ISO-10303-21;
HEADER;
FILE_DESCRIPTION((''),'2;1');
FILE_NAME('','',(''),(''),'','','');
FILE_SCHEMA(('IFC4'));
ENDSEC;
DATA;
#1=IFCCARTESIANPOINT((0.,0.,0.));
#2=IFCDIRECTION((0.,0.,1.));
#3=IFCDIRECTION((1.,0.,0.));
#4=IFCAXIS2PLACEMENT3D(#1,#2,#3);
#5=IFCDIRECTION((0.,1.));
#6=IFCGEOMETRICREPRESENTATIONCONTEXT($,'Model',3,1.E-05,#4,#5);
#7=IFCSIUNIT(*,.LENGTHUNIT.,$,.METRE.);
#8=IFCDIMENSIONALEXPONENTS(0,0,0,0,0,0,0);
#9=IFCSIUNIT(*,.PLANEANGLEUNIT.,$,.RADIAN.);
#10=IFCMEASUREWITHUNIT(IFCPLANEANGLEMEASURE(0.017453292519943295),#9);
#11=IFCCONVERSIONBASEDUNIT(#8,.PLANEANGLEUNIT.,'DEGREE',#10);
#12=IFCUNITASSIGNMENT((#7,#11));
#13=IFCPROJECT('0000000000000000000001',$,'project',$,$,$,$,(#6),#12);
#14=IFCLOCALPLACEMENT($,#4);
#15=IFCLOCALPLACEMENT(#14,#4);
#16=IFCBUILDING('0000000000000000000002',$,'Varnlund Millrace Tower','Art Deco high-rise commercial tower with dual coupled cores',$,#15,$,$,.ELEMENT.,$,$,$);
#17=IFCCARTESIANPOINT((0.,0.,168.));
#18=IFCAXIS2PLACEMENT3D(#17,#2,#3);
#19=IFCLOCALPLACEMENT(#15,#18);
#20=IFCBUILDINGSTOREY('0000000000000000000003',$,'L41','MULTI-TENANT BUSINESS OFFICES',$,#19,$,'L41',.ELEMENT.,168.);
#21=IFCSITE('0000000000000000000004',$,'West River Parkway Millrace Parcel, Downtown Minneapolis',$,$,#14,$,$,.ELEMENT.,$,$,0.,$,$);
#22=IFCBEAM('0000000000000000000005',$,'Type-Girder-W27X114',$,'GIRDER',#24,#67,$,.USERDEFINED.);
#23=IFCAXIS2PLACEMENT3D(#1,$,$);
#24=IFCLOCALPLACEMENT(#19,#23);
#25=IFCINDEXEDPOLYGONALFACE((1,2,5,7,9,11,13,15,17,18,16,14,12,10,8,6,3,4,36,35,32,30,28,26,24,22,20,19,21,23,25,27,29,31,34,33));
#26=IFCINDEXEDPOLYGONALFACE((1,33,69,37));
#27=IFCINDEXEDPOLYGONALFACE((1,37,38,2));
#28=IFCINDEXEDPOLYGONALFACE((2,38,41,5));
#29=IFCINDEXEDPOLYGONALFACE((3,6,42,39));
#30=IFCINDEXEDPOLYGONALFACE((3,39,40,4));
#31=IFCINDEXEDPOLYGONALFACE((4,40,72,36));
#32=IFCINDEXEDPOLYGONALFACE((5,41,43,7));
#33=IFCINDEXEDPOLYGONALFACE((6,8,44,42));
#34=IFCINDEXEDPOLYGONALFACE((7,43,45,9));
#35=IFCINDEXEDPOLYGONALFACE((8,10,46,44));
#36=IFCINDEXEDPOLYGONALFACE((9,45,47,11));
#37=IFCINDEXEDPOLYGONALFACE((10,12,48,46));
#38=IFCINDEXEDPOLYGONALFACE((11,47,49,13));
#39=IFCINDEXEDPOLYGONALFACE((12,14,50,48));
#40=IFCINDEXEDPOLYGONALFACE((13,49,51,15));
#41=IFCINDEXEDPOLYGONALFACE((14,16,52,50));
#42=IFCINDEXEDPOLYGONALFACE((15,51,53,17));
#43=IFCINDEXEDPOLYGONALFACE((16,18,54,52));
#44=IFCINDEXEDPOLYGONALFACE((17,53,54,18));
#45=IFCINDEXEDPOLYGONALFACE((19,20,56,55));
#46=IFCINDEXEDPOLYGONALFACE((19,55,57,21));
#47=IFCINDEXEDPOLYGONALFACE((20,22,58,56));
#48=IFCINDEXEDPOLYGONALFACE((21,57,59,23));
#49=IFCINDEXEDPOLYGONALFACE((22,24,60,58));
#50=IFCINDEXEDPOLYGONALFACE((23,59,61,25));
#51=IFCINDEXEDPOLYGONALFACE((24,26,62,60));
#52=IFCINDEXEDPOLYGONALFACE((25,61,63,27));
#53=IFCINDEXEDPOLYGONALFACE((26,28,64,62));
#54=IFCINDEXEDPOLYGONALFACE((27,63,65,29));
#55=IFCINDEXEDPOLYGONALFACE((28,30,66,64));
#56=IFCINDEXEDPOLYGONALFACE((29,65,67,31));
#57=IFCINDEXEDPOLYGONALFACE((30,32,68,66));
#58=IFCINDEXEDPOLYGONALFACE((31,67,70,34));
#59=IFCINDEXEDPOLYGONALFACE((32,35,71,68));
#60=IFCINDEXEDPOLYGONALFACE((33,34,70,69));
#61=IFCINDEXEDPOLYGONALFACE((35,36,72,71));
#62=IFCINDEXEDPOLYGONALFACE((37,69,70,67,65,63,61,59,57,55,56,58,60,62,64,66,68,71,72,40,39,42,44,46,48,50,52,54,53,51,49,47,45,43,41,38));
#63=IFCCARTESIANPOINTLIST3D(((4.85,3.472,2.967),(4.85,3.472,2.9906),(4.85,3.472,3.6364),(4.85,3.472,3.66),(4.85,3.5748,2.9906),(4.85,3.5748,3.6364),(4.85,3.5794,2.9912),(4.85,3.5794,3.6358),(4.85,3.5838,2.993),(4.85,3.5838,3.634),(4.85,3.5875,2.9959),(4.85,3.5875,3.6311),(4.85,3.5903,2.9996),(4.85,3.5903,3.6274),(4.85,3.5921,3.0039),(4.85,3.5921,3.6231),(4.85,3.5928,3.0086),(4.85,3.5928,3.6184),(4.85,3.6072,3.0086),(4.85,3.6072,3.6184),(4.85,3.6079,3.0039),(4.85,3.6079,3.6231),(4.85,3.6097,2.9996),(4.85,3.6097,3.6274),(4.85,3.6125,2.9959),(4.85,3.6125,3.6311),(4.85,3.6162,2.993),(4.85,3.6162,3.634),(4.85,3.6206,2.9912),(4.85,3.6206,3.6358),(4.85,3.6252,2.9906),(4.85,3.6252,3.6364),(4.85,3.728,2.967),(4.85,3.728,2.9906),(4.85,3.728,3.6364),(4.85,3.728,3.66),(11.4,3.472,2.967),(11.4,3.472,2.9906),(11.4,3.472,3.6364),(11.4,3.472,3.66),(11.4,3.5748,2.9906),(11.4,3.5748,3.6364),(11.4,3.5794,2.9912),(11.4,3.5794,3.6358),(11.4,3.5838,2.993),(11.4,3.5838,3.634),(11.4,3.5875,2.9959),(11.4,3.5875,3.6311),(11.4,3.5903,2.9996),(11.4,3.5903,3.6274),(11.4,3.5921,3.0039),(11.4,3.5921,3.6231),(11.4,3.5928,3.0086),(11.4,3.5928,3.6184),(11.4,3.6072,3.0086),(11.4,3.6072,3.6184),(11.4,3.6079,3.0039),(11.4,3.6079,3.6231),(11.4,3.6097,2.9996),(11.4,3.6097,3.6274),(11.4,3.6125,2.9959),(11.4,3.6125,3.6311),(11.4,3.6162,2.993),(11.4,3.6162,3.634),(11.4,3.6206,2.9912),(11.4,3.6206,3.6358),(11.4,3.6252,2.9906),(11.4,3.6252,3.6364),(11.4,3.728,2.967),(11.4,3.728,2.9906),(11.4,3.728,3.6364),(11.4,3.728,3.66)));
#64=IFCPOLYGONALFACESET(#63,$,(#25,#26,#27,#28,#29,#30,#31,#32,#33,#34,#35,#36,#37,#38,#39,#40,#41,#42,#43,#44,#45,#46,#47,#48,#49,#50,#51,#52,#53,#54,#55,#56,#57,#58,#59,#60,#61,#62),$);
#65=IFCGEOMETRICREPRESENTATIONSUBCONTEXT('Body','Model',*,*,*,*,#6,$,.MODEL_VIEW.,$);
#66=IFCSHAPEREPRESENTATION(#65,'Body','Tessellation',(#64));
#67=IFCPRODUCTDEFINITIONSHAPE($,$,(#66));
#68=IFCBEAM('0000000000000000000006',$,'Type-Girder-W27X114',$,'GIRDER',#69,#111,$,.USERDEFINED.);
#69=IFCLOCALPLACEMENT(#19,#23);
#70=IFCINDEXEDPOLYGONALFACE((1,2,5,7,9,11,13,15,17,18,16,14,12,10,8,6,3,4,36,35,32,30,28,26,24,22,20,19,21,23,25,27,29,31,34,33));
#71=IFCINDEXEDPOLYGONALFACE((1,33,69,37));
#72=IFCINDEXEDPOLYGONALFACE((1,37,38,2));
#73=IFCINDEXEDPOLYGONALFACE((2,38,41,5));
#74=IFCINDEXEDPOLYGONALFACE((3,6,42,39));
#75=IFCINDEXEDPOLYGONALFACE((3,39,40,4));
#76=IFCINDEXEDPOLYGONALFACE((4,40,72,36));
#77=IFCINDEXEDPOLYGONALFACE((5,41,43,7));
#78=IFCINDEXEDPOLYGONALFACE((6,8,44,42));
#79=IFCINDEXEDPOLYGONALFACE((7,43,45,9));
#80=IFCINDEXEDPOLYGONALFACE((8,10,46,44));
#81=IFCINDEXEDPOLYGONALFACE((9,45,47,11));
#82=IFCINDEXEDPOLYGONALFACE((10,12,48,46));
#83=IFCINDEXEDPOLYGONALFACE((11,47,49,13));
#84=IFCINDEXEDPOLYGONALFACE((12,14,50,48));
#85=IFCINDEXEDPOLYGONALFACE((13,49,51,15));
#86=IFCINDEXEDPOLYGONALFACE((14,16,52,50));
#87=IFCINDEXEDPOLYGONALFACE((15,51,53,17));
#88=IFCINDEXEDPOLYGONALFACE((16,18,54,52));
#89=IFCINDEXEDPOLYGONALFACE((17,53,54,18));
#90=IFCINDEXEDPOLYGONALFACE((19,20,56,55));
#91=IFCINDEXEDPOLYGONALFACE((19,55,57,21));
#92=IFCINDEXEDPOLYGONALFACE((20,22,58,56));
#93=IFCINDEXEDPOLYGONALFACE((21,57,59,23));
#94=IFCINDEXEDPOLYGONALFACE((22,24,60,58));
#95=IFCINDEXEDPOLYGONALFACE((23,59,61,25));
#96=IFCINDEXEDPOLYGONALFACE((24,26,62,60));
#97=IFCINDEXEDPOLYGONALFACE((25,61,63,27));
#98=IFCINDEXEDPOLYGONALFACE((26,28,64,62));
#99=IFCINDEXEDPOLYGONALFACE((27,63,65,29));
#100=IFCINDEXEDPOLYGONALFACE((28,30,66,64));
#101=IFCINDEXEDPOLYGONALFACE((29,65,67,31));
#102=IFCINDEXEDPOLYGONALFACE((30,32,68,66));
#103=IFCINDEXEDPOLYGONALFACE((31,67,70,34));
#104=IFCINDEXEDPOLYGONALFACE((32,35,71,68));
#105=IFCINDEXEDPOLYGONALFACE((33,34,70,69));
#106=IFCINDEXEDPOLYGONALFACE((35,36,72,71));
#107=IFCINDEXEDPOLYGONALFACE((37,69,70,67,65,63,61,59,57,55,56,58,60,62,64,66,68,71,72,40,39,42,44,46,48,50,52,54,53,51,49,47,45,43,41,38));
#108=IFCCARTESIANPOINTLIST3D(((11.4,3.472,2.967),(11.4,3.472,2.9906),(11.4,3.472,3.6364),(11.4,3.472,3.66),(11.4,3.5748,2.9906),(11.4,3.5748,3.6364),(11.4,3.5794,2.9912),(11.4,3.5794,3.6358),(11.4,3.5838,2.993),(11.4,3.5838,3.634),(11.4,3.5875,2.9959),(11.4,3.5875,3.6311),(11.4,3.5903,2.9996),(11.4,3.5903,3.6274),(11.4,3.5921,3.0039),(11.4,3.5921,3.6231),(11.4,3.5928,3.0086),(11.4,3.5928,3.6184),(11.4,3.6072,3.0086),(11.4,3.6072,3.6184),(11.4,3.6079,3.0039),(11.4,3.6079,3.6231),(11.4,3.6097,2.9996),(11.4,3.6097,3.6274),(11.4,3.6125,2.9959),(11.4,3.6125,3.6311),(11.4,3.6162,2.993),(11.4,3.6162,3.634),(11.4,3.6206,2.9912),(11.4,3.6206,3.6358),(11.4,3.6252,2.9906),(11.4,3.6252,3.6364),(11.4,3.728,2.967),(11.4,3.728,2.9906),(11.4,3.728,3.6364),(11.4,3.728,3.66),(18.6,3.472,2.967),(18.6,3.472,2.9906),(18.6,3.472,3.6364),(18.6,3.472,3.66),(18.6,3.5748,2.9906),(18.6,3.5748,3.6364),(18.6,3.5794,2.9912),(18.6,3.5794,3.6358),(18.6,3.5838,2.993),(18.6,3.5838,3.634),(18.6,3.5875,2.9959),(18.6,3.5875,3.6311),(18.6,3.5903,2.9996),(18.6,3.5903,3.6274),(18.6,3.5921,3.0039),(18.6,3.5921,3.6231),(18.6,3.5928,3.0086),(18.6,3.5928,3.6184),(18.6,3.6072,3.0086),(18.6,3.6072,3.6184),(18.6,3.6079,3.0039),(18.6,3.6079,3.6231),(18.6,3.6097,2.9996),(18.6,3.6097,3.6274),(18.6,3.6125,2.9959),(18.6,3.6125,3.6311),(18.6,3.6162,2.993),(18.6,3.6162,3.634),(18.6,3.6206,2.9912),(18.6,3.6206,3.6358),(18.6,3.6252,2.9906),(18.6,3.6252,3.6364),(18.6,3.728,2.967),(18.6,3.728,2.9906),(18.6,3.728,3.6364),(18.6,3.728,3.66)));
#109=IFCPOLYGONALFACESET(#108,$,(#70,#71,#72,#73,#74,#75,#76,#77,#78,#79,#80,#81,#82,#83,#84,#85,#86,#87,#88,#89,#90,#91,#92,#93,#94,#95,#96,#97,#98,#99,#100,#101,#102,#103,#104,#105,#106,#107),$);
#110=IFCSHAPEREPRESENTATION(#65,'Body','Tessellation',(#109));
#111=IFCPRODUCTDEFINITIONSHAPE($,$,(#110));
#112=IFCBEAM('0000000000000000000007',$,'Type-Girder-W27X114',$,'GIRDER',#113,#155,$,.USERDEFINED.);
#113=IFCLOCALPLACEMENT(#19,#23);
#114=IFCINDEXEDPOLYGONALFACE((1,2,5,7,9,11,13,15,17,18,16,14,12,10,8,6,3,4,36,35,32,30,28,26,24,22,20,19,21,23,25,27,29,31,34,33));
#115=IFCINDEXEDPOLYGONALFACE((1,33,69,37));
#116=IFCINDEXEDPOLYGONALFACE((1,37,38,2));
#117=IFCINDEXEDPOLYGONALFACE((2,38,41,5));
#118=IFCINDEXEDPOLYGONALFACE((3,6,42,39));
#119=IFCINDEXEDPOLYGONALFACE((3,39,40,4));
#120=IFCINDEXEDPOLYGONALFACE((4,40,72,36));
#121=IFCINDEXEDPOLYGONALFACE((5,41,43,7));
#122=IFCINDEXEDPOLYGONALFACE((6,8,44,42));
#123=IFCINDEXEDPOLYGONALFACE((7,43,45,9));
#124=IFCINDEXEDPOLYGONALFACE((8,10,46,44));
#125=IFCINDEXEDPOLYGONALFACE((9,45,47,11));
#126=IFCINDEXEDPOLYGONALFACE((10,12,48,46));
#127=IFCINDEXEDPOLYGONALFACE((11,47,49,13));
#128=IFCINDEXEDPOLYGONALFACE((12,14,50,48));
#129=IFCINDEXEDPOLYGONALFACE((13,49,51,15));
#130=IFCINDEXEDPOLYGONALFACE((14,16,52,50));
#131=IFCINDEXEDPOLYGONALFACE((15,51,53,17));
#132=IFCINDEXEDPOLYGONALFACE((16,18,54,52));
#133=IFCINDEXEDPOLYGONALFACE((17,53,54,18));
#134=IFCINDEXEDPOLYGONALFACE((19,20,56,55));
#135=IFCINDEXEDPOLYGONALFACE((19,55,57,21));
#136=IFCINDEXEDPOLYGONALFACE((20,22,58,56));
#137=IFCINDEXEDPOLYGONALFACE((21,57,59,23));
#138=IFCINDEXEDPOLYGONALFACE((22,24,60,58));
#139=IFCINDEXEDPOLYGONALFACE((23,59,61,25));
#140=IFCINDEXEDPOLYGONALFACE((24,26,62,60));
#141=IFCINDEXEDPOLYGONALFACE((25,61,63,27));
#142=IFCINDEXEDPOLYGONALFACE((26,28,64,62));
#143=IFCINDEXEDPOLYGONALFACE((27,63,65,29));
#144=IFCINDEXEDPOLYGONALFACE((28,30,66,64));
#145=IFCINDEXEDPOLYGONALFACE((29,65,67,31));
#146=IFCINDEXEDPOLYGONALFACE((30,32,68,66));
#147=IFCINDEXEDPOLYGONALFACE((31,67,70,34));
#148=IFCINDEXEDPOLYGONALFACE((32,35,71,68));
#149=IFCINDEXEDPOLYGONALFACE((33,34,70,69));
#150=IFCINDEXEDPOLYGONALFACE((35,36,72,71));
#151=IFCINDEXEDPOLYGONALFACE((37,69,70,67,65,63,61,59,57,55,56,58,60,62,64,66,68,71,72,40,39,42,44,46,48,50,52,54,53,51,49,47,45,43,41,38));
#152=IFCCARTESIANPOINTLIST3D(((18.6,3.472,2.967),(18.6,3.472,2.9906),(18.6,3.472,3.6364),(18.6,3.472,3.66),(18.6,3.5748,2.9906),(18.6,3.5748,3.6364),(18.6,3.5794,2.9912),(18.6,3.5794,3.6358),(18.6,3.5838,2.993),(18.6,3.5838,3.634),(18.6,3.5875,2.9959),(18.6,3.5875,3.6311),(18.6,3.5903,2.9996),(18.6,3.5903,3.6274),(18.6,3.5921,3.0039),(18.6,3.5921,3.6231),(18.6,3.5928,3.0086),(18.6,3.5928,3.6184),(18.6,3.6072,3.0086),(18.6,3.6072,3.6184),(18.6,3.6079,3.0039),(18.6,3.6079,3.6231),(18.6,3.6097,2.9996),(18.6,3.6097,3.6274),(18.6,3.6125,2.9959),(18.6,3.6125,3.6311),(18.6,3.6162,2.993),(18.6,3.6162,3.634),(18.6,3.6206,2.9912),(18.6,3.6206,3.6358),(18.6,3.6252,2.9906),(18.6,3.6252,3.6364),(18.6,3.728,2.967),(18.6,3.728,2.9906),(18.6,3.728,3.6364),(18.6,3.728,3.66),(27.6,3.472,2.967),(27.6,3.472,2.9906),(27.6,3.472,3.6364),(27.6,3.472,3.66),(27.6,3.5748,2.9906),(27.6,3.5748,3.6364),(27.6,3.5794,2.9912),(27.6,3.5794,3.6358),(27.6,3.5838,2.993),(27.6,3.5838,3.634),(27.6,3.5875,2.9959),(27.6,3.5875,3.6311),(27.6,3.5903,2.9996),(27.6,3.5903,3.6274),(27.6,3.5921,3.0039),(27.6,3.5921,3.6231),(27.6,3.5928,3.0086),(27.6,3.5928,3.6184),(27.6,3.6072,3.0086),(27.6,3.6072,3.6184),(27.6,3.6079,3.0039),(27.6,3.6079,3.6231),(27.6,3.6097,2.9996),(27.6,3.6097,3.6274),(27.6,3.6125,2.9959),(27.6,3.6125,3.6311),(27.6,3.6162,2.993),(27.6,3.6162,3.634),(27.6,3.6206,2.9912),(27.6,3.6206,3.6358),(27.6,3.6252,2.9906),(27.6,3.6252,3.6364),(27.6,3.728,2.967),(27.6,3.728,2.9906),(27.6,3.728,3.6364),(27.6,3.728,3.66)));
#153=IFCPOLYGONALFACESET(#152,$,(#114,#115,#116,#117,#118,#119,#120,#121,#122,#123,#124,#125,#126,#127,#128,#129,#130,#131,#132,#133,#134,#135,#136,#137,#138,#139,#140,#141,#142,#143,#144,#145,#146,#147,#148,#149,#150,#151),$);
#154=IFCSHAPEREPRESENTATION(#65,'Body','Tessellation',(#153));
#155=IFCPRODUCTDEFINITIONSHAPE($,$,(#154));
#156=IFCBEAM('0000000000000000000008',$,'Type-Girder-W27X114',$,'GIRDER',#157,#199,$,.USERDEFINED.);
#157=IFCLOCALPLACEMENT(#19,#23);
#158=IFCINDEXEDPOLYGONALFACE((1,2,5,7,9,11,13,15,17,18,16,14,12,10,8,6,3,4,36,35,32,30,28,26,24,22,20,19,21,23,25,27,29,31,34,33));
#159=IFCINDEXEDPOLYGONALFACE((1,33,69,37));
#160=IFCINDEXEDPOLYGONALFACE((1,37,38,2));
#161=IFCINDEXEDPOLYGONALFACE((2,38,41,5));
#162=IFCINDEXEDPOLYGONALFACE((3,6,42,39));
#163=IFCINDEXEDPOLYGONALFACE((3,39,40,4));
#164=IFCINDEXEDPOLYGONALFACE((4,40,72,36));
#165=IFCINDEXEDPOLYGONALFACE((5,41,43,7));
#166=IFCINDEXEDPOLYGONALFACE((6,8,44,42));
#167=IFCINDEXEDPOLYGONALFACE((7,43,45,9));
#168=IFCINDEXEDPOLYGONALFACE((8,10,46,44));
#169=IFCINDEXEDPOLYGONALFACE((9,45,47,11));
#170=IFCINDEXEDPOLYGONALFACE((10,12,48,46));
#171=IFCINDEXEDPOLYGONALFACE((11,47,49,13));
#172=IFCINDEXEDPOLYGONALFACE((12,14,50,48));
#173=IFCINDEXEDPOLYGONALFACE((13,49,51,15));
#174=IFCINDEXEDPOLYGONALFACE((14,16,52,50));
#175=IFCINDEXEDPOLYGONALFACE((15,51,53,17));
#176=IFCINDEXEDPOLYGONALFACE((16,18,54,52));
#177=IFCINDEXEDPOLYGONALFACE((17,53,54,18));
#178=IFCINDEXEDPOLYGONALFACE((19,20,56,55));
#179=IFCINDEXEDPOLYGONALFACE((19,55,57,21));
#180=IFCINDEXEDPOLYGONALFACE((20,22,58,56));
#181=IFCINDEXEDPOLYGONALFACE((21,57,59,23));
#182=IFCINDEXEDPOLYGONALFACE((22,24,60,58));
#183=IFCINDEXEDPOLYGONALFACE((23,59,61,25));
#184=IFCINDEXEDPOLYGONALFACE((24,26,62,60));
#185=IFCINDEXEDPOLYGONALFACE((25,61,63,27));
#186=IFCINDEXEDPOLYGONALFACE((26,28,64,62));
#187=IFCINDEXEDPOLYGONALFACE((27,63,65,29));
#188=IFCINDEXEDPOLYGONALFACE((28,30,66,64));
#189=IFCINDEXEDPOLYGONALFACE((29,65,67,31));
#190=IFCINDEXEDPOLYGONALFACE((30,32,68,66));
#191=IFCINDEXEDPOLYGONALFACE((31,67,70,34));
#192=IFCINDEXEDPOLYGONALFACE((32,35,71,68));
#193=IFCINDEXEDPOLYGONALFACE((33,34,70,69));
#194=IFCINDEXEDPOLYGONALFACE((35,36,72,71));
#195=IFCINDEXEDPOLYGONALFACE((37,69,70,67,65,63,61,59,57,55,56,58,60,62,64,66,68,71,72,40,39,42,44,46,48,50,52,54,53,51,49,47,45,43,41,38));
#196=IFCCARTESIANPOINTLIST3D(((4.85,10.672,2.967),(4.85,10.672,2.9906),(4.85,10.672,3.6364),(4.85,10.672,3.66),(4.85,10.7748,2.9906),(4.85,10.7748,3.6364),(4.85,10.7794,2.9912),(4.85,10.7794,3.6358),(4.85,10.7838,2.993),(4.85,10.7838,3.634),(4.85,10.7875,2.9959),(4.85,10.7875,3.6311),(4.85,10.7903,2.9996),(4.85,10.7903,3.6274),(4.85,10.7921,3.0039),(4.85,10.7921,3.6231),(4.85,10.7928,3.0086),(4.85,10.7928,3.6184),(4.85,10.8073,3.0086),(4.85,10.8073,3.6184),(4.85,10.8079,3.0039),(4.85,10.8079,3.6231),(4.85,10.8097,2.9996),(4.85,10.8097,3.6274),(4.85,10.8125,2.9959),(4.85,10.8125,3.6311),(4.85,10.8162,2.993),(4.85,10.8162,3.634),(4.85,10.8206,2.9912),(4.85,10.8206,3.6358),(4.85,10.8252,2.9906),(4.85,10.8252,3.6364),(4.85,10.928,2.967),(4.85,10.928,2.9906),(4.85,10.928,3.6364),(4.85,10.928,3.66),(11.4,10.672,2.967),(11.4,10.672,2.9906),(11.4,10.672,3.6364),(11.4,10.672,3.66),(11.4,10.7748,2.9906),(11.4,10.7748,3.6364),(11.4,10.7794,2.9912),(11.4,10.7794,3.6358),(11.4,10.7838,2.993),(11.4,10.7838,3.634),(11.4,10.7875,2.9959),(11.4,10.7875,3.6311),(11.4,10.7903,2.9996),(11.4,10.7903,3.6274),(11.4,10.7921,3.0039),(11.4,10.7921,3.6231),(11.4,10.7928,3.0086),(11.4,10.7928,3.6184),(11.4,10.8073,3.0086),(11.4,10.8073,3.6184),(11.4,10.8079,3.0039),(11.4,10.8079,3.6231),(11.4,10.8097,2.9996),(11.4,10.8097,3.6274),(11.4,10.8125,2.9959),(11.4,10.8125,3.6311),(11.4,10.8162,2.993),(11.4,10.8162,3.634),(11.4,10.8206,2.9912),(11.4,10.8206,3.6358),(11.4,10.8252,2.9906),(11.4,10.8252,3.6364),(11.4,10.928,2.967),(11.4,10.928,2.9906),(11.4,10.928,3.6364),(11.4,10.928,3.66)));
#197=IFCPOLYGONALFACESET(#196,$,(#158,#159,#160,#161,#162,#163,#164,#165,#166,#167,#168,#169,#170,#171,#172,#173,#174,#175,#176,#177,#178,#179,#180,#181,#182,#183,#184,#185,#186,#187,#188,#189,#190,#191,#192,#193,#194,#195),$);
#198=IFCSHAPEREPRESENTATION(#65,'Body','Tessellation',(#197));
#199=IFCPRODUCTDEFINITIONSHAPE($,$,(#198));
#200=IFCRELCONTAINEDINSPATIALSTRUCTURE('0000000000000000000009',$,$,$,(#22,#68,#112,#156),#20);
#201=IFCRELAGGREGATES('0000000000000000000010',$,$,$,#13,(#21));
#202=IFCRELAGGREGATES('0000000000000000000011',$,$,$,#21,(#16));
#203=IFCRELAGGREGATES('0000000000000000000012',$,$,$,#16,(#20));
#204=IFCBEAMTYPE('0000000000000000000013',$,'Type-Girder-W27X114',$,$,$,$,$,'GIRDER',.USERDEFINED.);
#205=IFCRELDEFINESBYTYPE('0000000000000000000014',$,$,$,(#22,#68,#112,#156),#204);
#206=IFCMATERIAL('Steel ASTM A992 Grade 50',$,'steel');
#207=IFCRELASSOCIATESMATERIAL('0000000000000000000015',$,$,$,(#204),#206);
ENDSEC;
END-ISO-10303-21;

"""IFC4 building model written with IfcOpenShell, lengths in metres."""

from ifc_helpers import new_model, entity, si_unit, converted_unit, direction, frame, origin_with_axes, origin_2d_with_axis, place, context, subcontext, project, spatial, i_section, extrude, material, material_profile, profile_set, type_object, element, save


model = new_model("IFC4")

# Units and contexts
model_context = context("Model", 3, precision=1e-05, world=origin_with_axes(), true_north=direction((0.0, 1.0)))
body_context = subcontext(model_context, "Body", "Model", "MODEL_VIEW")
ifc_project = project(units=[si_unit("LENGTHUNIT", "METRE"), converted_unit("PLANEANGLEUNIT", "DEGREE", entity("IfcPlaneAngleMeasure", 0.017453292519943295), si_unit("PLANEANGLEUNIT", "RADIAN"), dimensions=[0, 0, 0, 0, 0, 0, 0])], contexts=[model_context])

# Site, building, storey
site_placement = place(None, origin_with_axes())
site = spatial("IfcSite", under=ifc_project, at=site_placement, Name="West River Parkway Millrace Parcel, Downtown Minneapolis", CompositionType="ELEMENT", RefElevation=0.0)
building_placement = place(site_placement, origin_with_axes())
building = spatial("IfcBuilding", under=site, at=building_placement, Name="Varnlund Millrace Tower", Description="Art Deco high-rise commercial tower with dual coupled cores", CompositionType="ELEMENT")
storey_placement = place(building_placement, frame((0.0, 0.0, 168.0), z_axis=(0.0, 0.0, 1.0), x_axis=(1.0, 0.0, 0.0)))
storey = spatial("IfcBuildingStorey", under=building, at=storey_placement, Name="L41", Description="MULTI-TENANT BUSINESS OFFICES", LongName="L41", CompositionType="ELEMENT", Elevation=168.0)

# Beams
ifc_material_1 = material(Name="Steel ASTM A992 Grade 50", Category="steel")
ifc_material_profile_1 = material_profile(ifc_material_1, i_section(OverallWidth=0.256, OverallDepth=0.693, WebThickness=0.0145, FlangeThickness=0.0236, FilletRadius=0.018, at=origin_2d_with_axis()), Name="Steel ASTM A992 Grade 50")
ifc_profile_set_1 = profile_set([ifc_material_profile_1], Name="Steel ASTM A992 Grade 50")
beam_type_1 = type_object("IfcBeamType", Name="Type-Girder-W27X114", ElementType="GIRDER", PredefinedType="USERDEFINED", material=ifc_profile_set_1)
beam_1_placement = place(storey_placement, frame((4.85, 3.6, 3.3135), z_axis=(1.0, 0.0, 0.0), x_axis=(0.0, 1.0, 0.0)))
element("IfcBeam", 1, at=beam_1_placement, inside=storey, type_object=beam_type_1, Name="Type-Girder-W27X114", ObjectType="GIRDER", PredefinedType="USERDEFINED", context=body_context, shape_type="SweptSolid", body=[
    extrude(i_section(OverallWidth=0.256, OverallDepth=0.693, WebThickness=0.0145, FlangeThickness=0.0236, FilletRadius=0.018, at=origin_2d_with_axis()), origin_with_axes(), (0.0, 0.0, 1.0), 6.55),
])
beam_2_placement = place(storey_placement, frame((11.4, 3.6, 3.3135), z_axis=(1.0, 0.0, 0.0), x_axis=(0.0, 1.0, 0.0)))
element("IfcBeam", 2, at=beam_2_placement, inside=storey, type_object=beam_type_1, Name="Type-Girder-W27X114", ObjectType="GIRDER", PredefinedType="USERDEFINED", context=body_context, shape_type="SweptSolid", body=[
    extrude(i_section(OverallWidth=0.256, OverallDepth=0.693, WebThickness=0.0145, FlangeThickness=0.0236, FilletRadius=0.018, at=origin_2d_with_axis()), origin_with_axes(), (0.0, 0.0, 1.0), 7.2),
])
beam_3_placement = place(storey_placement, frame((18.6, 3.6, 3.3135), z_axis=(1.0, 0.0, 0.0), x_axis=(0.0, 1.0, 0.0)))
element("IfcBeam", 3, at=beam_3_placement, inside=storey, type_object=beam_type_1, Name="Type-Girder-W27X114", ObjectType="GIRDER", PredefinedType="USERDEFINED", context=body_context, shape_type="SweptSolid", body=[
    extrude(i_section(OverallWidth=0.256, OverallDepth=0.693, WebThickness=0.0145, FlangeThickness=0.0236, FilletRadius=0.018, at=origin_2d_with_axis()), origin_with_axes(), (0.0, 0.0, 1.0), 9.0),
])
beam_4_placement = place(storey_placement, frame((4.85, 10.8, 3.3135), z_axis=(1.0, 0.0, 0.0), x_axis=(0.0, 1.0, 0.0)))
element("IfcBeam", 4, at=beam_4_placement, inside=storey, type_object=beam_type_1, Name="Type-Girder-W27X114", ObjectType="GIRDER", PredefinedType="USERDEFINED", context=body_context, shape_type="SweptSolid", body=[
    extrude(i_section(OverallWidth=0.256, OverallDepth=0.693, WebThickness=0.0145, FlangeThickness=0.0236, FilletRadius=0.018, at=origin_2d_with_axis()), origin_with_axes(), (0.0, 0.0, 1.0), 6.55),
])

save(model, "model.ifc")
